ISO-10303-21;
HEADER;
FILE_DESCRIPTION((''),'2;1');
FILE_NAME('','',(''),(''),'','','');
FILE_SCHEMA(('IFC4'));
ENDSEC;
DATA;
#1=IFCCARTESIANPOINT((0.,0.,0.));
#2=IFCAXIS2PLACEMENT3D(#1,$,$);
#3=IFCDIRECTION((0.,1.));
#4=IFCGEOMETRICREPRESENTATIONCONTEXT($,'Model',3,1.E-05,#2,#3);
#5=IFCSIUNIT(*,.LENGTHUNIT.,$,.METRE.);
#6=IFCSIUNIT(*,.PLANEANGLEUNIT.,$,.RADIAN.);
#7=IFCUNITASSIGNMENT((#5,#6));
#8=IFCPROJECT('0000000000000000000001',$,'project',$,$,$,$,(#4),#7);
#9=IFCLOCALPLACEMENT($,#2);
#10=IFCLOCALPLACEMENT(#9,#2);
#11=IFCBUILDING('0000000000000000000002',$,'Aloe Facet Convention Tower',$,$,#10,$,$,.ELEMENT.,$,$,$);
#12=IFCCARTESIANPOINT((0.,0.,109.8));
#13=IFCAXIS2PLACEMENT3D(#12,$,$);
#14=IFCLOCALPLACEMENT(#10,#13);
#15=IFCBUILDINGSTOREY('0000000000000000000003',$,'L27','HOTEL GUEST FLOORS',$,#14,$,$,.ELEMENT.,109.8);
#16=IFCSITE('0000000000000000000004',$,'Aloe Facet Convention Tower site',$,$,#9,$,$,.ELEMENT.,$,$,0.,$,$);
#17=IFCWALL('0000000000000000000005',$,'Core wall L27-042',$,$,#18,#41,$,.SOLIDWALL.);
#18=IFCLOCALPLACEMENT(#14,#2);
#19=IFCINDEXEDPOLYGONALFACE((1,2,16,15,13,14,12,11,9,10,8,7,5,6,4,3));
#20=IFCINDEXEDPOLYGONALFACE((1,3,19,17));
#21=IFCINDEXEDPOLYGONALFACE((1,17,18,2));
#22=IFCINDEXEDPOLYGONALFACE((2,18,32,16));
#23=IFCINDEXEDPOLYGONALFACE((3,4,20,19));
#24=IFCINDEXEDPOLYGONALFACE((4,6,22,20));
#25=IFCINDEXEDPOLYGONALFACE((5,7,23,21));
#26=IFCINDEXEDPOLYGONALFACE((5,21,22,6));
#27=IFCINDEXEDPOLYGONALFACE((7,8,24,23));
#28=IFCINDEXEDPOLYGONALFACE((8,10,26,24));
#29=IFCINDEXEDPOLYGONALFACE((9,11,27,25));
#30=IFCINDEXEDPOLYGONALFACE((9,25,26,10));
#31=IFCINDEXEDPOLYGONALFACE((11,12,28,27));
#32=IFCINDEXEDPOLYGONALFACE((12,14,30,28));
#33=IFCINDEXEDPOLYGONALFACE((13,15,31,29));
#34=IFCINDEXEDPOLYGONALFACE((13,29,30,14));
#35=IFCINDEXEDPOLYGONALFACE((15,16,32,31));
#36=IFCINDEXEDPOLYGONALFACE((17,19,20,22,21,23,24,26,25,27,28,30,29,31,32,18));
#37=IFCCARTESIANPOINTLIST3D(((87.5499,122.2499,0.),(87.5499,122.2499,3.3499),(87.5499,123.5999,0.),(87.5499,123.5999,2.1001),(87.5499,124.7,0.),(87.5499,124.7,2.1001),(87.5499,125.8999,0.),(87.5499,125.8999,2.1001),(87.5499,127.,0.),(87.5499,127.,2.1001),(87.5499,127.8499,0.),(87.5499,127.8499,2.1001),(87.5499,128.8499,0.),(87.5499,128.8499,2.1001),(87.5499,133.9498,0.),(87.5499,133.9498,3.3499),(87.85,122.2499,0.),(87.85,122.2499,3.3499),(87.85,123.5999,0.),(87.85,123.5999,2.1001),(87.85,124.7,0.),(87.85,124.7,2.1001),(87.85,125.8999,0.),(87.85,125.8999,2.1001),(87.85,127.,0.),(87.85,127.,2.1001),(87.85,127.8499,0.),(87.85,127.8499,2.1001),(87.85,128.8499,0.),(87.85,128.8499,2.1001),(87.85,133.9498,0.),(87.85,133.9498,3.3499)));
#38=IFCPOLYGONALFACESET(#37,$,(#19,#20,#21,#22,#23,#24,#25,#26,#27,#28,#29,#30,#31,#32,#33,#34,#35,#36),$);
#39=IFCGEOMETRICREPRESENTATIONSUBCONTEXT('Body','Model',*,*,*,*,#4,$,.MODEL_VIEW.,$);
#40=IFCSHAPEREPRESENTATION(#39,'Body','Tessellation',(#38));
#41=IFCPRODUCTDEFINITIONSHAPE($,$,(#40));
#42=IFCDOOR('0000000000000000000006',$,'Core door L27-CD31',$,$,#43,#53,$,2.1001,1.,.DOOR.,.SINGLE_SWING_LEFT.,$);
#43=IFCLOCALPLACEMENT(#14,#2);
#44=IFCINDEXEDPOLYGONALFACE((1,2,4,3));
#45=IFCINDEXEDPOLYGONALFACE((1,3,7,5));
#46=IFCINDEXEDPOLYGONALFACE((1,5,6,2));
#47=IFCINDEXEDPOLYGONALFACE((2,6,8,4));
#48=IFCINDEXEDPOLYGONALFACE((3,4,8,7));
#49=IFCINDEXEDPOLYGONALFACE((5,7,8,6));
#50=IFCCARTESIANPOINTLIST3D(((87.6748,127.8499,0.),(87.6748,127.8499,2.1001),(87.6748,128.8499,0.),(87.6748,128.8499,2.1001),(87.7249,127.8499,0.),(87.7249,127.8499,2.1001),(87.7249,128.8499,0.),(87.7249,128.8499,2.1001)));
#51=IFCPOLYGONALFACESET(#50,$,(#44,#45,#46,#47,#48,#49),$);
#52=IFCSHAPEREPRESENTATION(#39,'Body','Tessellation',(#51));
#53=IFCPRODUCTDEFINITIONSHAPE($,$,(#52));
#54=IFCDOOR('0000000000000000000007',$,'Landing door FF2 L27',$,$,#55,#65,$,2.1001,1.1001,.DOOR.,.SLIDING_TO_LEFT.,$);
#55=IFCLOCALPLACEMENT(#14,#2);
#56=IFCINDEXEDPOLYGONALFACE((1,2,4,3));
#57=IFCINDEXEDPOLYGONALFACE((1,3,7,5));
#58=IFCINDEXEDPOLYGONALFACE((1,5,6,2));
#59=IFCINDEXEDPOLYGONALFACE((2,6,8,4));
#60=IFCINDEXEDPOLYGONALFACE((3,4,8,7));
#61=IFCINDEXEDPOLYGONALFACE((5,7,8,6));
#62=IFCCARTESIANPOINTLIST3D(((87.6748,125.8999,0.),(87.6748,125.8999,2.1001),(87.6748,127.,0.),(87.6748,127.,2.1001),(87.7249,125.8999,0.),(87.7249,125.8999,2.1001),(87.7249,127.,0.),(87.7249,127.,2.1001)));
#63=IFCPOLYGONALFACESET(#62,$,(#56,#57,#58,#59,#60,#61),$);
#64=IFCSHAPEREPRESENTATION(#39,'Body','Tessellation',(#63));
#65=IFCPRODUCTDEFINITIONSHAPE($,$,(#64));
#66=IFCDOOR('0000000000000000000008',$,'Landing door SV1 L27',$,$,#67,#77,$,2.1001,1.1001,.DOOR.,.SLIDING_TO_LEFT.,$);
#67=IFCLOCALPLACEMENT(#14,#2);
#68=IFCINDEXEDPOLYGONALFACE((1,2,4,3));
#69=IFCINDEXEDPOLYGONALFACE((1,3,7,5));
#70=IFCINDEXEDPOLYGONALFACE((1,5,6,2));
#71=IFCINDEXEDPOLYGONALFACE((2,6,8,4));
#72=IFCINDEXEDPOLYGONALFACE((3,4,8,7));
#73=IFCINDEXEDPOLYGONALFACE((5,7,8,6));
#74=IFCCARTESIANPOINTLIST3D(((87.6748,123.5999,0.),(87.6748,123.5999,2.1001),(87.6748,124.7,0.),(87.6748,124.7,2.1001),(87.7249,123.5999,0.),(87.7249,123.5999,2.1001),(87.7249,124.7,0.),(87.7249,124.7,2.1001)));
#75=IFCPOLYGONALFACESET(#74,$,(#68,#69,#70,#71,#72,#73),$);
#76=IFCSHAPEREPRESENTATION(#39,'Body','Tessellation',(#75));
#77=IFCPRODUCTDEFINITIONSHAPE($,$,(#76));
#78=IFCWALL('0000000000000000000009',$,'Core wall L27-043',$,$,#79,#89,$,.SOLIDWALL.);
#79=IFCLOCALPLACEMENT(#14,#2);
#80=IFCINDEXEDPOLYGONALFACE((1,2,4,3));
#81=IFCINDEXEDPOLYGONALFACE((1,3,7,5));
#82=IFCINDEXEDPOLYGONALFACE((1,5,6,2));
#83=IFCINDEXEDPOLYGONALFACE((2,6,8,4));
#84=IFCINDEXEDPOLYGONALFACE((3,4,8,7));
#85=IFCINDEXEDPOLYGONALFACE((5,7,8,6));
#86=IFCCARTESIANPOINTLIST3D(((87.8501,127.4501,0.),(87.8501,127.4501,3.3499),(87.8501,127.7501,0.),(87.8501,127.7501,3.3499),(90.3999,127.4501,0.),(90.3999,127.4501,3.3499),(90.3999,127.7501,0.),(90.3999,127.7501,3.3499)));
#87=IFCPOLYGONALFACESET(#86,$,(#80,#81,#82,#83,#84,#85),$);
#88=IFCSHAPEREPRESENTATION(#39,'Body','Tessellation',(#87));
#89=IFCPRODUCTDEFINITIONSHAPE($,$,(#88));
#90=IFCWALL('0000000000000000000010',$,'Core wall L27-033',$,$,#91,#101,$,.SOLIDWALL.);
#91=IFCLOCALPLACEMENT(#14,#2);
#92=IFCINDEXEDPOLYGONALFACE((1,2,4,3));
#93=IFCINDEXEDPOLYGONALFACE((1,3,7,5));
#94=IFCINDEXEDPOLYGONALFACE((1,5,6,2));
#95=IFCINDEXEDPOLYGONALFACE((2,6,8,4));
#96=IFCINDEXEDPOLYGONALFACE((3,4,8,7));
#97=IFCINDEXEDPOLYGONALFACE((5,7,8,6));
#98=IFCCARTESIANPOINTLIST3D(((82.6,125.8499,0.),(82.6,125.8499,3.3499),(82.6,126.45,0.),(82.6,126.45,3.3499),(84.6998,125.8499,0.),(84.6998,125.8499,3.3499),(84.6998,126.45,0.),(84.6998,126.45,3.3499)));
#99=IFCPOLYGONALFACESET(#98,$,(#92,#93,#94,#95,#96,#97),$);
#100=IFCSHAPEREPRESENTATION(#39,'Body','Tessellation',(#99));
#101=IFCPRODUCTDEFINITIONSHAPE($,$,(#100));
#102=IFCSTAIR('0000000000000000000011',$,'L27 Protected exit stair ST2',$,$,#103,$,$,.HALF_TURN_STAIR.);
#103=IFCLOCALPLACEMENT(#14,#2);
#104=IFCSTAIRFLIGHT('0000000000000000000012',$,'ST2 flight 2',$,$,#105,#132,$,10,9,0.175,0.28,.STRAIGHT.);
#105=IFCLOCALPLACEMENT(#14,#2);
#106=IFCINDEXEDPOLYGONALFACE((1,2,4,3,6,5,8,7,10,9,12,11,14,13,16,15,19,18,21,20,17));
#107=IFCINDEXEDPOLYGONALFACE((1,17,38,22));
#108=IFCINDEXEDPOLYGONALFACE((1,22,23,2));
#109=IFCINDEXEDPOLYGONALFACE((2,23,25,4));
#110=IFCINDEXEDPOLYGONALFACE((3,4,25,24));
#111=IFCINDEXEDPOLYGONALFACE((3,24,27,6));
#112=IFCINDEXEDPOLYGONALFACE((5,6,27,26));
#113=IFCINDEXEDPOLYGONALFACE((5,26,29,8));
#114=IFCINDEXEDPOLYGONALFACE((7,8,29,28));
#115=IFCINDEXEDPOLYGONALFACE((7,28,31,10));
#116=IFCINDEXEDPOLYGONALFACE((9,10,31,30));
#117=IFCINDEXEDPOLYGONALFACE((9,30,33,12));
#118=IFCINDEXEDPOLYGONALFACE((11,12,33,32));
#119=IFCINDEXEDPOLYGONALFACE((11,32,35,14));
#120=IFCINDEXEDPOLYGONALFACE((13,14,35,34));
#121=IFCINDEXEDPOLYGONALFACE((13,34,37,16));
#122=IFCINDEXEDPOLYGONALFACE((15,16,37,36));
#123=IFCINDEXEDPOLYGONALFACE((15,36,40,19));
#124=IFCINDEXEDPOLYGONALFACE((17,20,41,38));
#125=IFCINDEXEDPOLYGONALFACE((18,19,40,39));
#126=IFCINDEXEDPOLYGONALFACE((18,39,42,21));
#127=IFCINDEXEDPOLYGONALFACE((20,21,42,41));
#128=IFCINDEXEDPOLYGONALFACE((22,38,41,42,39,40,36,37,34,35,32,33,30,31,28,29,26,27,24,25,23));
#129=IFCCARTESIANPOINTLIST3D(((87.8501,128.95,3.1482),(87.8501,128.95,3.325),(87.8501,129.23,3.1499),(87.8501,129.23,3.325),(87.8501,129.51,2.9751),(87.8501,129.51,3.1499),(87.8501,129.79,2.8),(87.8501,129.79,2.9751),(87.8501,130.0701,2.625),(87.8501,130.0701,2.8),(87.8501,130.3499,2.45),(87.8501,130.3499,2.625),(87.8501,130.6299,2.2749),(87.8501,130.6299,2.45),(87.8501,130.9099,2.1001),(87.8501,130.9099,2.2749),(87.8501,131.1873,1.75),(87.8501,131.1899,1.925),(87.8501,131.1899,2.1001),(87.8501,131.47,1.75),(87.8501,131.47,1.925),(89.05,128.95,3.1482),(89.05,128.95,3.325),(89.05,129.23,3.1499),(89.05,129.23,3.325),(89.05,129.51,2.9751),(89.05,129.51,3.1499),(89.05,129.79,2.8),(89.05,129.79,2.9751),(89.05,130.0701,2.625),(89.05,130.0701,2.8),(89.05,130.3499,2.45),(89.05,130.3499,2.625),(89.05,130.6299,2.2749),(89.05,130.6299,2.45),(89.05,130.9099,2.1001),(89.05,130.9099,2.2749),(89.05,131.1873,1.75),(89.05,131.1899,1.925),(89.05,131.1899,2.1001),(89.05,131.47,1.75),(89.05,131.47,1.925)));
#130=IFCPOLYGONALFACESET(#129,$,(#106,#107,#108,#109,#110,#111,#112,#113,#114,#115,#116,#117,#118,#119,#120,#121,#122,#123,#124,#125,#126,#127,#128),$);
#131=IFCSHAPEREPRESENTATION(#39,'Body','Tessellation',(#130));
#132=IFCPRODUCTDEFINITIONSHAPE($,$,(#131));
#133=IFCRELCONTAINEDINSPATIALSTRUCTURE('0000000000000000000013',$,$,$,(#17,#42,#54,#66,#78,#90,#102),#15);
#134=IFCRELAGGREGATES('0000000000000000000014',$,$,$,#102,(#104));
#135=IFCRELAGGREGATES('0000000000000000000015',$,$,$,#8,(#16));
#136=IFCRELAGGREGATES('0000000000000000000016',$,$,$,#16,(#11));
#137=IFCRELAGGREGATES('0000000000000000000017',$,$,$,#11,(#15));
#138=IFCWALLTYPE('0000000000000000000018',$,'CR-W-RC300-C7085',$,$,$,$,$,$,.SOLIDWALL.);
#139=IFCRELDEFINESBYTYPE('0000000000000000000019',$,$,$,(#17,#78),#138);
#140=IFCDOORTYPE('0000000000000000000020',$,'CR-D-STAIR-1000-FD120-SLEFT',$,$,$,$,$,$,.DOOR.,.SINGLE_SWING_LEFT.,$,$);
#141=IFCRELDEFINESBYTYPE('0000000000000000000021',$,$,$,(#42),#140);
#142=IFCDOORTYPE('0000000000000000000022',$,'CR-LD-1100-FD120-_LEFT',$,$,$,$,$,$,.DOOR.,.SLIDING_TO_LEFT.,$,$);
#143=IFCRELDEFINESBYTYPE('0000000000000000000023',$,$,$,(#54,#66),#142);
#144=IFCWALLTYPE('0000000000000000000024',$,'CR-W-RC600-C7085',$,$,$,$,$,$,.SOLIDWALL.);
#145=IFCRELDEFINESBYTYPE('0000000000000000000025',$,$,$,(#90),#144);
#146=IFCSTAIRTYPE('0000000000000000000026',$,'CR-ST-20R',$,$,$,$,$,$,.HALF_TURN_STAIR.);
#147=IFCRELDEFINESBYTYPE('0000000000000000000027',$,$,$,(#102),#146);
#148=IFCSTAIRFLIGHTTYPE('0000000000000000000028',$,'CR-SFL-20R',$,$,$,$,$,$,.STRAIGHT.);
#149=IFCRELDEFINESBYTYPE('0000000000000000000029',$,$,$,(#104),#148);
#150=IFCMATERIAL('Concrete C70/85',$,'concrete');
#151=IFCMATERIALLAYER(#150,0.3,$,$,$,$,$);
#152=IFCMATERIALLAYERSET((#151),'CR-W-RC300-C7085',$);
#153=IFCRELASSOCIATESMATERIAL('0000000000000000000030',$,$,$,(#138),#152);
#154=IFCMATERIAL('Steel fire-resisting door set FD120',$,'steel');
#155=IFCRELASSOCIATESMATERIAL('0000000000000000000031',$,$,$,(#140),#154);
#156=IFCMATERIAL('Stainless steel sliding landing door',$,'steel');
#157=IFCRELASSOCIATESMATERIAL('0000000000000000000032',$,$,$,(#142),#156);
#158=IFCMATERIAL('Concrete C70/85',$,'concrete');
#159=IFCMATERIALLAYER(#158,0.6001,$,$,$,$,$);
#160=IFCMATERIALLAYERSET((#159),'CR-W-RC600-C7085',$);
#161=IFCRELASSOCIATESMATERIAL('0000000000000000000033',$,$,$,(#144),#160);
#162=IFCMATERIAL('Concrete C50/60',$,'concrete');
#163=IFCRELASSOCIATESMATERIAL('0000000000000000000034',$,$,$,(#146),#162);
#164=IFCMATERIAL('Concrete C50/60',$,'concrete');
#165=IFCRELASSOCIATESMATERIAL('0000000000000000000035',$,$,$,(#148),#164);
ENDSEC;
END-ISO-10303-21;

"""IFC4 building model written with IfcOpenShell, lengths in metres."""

from ifc_helpers import new_model, si_unit, direction, frame, frame_2d, origin, place, context, subcontext, project, spatial, polyline, rectangle, outline, extrude, material, layer, layer_set, type_object, element, fill, aggregate, save


model = new_model("IFC4")

# Units and contexts
model_context = context("Model", 3, precision=1e-05, world=origin(), true_north=direction((0.0, 1.0)))
body_context = subcontext(model_context, "Body", "Model", "MODEL_VIEW")
ifc_project = project(units=[si_unit("LENGTHUNIT", "METRE"), si_unit("PLANEANGLEUNIT", "RADIAN")], contexts=[model_context])

# Site, building, storey
site_placement = place(None, origin())
site = spatial("IfcSite", under=ifc_project, at=site_placement, Name="Aloe Facet Convention Tower site", CompositionType="ELEMENT", RefElevation=0.0)
building_placement = place(site_placement, origin())
building = spatial("IfcBuilding", under=site, at=building_placement, Name="Aloe Facet Convention Tower", CompositionType="ELEMENT")
storey_placement = place(building_placement, frame((0.0, 0.0, 109.8)))
storey = spatial("IfcBuildingStorey", under=building, at=storey_placement, Name="L27", Description="HOTEL GUEST FLOORS", CompositionType="ELEMENT", Elevation=109.8)

# Shared definitions
ifc_material_1 = material(Name="Concrete C70/85", Category="concrete")
ifc_layer_1 = layer(ifc_material_1, 0.3)
ifc_layer_set_1 = layer_set([ifc_layer_1], Name="CR-W-RC300-C7085")
wall_type_1 = type_object("IfcWallType", Name="CR-W-RC300-C7085", PredefinedType="SOLIDWALL", material=ifc_layer_set_1)

# Wall, openings, doors
wall_1_placement = place(storey_placement, frame((87.7, 133.95, 0.0), z_axis=(0.0, 0.0, 1.0), x_axis=(0.0, -1.0, 0.0)))
wall_1 = element("IfcWall", 1, at=wall_1_placement, inside=storey, type_object=wall_type_1, Name="Core wall L27-042", PredefinedType="SOLIDWALL", context=body_context, shape_type="SweptSolid", body=[
    extrude(rectangle(XDim=11.7, YDim=0.3, at=frame_2d((5.8501, 0.0))), origin(), (0.0, 0.0, 1.0), 3.3499),
])
opening_1_placement = place(wall_1_placement, frame((6.95, 0.0, 0.0)))
opening_1 = element("IfcOpeningElement", 2, at=opening_1_placement, cuts=wall_1, PredefinedType="OPENING", context=body_context, shape_type="SweptSolid", body=[
    extrude(rectangle(XDim=1.1001, YDim=2.1001, at=frame_2d((0.55, 1.05))), frame((0.0, 0.1602, 0.0), z_axis=(0.0, -1.0, 0.0), x_axis=(1.0, 0.0, 0.0)), (0.0, 0.0, 1.0), 0.3201),
])
opening_2_placement = place(wall_1_placement, frame((5.1001, 0.0, 0.0)))
opening_2 = element("IfcOpeningElement", 3, at=opening_2_placement, cuts=wall_1, PredefinedType="OPENING", context=body_context, shape_type="SweptSolid", body=[
    extrude(rectangle(XDim=1.0, YDim=2.1001, at=frame_2d((0.5, 1.05))), frame((0.0, 0.1602, 0.0), z_axis=(0.0, -1.0, 0.0), x_axis=(1.0, 0.0, 0.0)), (0.0, 0.0, 1.0), 0.3201),
])
opening_3_placement = place(wall_1_placement, frame((9.25, 0.0, 0.0)))
opening_3 = element("IfcOpeningElement", 4, at=opening_3_placement, cuts=wall_1, PredefinedType="OPENING", context=body_context, shape_type="SweptSolid", body=[
    extrude(rectangle(XDim=1.1001, YDim=2.1001, at=frame_2d((0.55, 1.05))), frame((0.0, 0.1602, 0.0), z_axis=(0.0, -1.0, 0.0), x_axis=(1.0, 0.0, 0.0)), (0.0, 0.0, 1.0), 0.3201),
])
ifc_material_2 = material(Name="Steel fire-resisting door set FD120", Category="steel")
door_type_1 = type_object("IfcDoorType", Name="CR-D-STAIR-1000-FD120-SLEFT", OperationType="SINGLE_SWING_LEFT", PredefinedType="DOOR", material=ifc_material_2)
door_1_placement = place(opening_2_placement, origin())
door_1 = element("IfcDoor", 5, at=door_1_placement, inside=storey, type_object=door_type_1, Name="Core door L27-CD31", OperationType="SINGLE_SWING_LEFT", OverallHeight=2.1001, OverallWidth=1.0, PredefinedType="DOOR", context=body_context, shape_type="SweptSolid", body=[
    extrude(rectangle(XDim=1.0, YDim=2.1001, at=frame_2d((0.5, 1.05))), frame((0.0, 0.0249, 0.0), z_axis=(0.0, -1.0, 0.0), x_axis=(1.0, 0.0, 0.0)), (0.0, 0.0, 1.0), 0.05),
])
fill(opening_2, door_1)
ifc_material_3 = material(Name="Stainless steel sliding landing door", Category="steel")
door_type_2 = type_object("IfcDoorType", Name="CR-LD-1100-FD120-_LEFT", OperationType="SLIDING_TO_LEFT", PredefinedType="DOOR", material=ifc_material_3)
door_2_placement = place(opening_1_placement, origin())
door_2 = element("IfcDoor", 6, at=door_2_placement, inside=storey, type_object=door_type_2, Name="Landing door FF2 L27", OperationType="SLIDING_TO_LEFT", OverallHeight=2.1001, OverallWidth=1.1001, PredefinedType="DOOR", context=body_context, shape_type="SweptSolid", body=[
    extrude(rectangle(XDim=1.1001, YDim=2.1001, at=frame_2d((0.55, 1.05))), frame((0.0, 0.0249, 0.0), z_axis=(0.0, -1.0, 0.0), x_axis=(1.0, 0.0, 0.0)), (0.0, 0.0, 1.0), 0.05),
])
fill(opening_1, door_2)
door_3_placement = place(opening_3_placement, origin())
door_3 = element("IfcDoor", 7, at=door_3_placement, inside=storey, type_object=door_type_2, Name="Landing door SV1 L27", OperationType="SLIDING_TO_LEFT", OverallHeight=2.1001, OverallWidth=1.1001, PredefinedType="DOOR", context=body_context, shape_type="SweptSolid", body=[
    extrude(rectangle(XDim=1.1001, YDim=2.1001, at=frame_2d((0.55, 1.05))), frame((0.0, 0.0249, 0.0), z_axis=(0.0, -1.0, 0.0), x_axis=(1.0, 0.0, 0.0)), (0.0, 0.0, 1.0), 0.05),
])
fill(opening_3, door_3)

# Walls
wall_2_placement = place(storey_placement, frame((87.8501, 127.6001, 0.0), z_axis=(0.0, 0.0, 1.0), x_axis=(1.0, 0.0, 0.0)))
element("IfcWall", 8, at=wall_2_placement, inside=storey, type_object=wall_type_1, Name="Core wall L27-043", PredefinedType="SOLIDWALL", context=body_context, shape_type="SweptSolid", body=[
    extrude(rectangle(XDim=2.5498, YDim=0.3, at=frame_2d((1.2749, 0.0))), origin(), (0.0, 0.0, 1.0), 3.3499),
])
ifc_material_4 = material(Name="Concrete C70/85", Category="concrete")
ifc_layer_2 = layer(ifc_material_4, 0.6001)
ifc_layer_set_2 = layer_set([ifc_layer_2], Name="CR-W-RC600-C7085")
wall_type_2 = type_object("IfcWallType", Name="CR-W-RC600-C7085", PredefinedType="SOLIDWALL", material=ifc_layer_set_2)
wall_3_placement = place(storey_placement, frame((82.6001, 126.1499, 0.0), z_axis=(0.0, 0.0, 1.0), x_axis=(1.0, 0.0, 0.0)))
element("IfcWall", 9, at=wall_3_placement, inside=storey, type_object=wall_type_2, Name="Core wall L27-033", PredefinedType="SOLIDWALL", context=body_context, shape_type="SweptSolid", body=[
    extrude(rectangle(XDim=2.0999, YDim=0.6001, at=frame_2d((1.0498, 0.0))), origin(), (0.0, 0.0, 1.0), 3.3499),
])

# Stair, stair flight
ifc_material_5 = material(Name="Concrete C50/60", Category="concrete")
stair_type = type_object("IfcStairType", Name="CR-ST-20R", PredefinedType="HALF_TURN_STAIR", material=ifc_material_5)
stair_placement = place(storey_placement, origin())
stair = element("IfcStair", 10, at=stair_placement, inside=storey, type_object=stair_type, Name="L27 Protected exit stair ST2", PredefinedType="HALF_TURN_STAIR")
ifc_material_6 = material(Name="Concrete C50/60", Category="concrete")
stair_flight_type = type_object("IfcStairFlightType", Name="CR-SFL-20R", PredefinedType="STRAIGHT", material=ifc_material_6)
stair_flight_placement = place(storey_placement, frame((88.45, 131.47, 1.75), z_axis=(0.0, 0.0, 1.0), x_axis=(0.0, -1.0, 0.0)))
stair_flight = element("IfcStairFlight", 11, at=stair_flight_placement, type_object=stair_flight_type, Name="ST2 flight 2", NumberOfRisers=10, NumberOfTreads=9, PredefinedType="STRAIGHT", RiserHeight=0.175, TreadLength=0.28, context=body_context, shape_type="SweptSolid", body=[
    extrude(outline(polyline([(0.0, 0.0), (0.0, 0.175), (0.28, 0.175), (0.28, 0.3501), (0.5601, 0.3501), (0.5601, 0.5249), (0.8401, 0.5249), (0.8401, 0.7), (1.1201, 0.7), (1.1201, 0.875), (1.3999, 0.875), (1.3999, 1.05), (1.6799, 1.05), (1.6799, 1.2251), (1.96, 1.2251), (1.96, 1.3999), (2.24, 1.3999), (2.24, 1.575), (2.52, 1.575), (2.52, 1.75), (2.52, 1.3982), (0.2827, 0.0), (0.0, 0.0)])), frame((0.0, 0.6001, 0.0), z_axis=(0.0, -1.0, 0.0), x_axis=(1.0, 0.0, 0.0)), (0.0, 0.0, 1.0), 1.2),
])
aggregate(stair, [stair_flight])

save(model, "model.ifc")
